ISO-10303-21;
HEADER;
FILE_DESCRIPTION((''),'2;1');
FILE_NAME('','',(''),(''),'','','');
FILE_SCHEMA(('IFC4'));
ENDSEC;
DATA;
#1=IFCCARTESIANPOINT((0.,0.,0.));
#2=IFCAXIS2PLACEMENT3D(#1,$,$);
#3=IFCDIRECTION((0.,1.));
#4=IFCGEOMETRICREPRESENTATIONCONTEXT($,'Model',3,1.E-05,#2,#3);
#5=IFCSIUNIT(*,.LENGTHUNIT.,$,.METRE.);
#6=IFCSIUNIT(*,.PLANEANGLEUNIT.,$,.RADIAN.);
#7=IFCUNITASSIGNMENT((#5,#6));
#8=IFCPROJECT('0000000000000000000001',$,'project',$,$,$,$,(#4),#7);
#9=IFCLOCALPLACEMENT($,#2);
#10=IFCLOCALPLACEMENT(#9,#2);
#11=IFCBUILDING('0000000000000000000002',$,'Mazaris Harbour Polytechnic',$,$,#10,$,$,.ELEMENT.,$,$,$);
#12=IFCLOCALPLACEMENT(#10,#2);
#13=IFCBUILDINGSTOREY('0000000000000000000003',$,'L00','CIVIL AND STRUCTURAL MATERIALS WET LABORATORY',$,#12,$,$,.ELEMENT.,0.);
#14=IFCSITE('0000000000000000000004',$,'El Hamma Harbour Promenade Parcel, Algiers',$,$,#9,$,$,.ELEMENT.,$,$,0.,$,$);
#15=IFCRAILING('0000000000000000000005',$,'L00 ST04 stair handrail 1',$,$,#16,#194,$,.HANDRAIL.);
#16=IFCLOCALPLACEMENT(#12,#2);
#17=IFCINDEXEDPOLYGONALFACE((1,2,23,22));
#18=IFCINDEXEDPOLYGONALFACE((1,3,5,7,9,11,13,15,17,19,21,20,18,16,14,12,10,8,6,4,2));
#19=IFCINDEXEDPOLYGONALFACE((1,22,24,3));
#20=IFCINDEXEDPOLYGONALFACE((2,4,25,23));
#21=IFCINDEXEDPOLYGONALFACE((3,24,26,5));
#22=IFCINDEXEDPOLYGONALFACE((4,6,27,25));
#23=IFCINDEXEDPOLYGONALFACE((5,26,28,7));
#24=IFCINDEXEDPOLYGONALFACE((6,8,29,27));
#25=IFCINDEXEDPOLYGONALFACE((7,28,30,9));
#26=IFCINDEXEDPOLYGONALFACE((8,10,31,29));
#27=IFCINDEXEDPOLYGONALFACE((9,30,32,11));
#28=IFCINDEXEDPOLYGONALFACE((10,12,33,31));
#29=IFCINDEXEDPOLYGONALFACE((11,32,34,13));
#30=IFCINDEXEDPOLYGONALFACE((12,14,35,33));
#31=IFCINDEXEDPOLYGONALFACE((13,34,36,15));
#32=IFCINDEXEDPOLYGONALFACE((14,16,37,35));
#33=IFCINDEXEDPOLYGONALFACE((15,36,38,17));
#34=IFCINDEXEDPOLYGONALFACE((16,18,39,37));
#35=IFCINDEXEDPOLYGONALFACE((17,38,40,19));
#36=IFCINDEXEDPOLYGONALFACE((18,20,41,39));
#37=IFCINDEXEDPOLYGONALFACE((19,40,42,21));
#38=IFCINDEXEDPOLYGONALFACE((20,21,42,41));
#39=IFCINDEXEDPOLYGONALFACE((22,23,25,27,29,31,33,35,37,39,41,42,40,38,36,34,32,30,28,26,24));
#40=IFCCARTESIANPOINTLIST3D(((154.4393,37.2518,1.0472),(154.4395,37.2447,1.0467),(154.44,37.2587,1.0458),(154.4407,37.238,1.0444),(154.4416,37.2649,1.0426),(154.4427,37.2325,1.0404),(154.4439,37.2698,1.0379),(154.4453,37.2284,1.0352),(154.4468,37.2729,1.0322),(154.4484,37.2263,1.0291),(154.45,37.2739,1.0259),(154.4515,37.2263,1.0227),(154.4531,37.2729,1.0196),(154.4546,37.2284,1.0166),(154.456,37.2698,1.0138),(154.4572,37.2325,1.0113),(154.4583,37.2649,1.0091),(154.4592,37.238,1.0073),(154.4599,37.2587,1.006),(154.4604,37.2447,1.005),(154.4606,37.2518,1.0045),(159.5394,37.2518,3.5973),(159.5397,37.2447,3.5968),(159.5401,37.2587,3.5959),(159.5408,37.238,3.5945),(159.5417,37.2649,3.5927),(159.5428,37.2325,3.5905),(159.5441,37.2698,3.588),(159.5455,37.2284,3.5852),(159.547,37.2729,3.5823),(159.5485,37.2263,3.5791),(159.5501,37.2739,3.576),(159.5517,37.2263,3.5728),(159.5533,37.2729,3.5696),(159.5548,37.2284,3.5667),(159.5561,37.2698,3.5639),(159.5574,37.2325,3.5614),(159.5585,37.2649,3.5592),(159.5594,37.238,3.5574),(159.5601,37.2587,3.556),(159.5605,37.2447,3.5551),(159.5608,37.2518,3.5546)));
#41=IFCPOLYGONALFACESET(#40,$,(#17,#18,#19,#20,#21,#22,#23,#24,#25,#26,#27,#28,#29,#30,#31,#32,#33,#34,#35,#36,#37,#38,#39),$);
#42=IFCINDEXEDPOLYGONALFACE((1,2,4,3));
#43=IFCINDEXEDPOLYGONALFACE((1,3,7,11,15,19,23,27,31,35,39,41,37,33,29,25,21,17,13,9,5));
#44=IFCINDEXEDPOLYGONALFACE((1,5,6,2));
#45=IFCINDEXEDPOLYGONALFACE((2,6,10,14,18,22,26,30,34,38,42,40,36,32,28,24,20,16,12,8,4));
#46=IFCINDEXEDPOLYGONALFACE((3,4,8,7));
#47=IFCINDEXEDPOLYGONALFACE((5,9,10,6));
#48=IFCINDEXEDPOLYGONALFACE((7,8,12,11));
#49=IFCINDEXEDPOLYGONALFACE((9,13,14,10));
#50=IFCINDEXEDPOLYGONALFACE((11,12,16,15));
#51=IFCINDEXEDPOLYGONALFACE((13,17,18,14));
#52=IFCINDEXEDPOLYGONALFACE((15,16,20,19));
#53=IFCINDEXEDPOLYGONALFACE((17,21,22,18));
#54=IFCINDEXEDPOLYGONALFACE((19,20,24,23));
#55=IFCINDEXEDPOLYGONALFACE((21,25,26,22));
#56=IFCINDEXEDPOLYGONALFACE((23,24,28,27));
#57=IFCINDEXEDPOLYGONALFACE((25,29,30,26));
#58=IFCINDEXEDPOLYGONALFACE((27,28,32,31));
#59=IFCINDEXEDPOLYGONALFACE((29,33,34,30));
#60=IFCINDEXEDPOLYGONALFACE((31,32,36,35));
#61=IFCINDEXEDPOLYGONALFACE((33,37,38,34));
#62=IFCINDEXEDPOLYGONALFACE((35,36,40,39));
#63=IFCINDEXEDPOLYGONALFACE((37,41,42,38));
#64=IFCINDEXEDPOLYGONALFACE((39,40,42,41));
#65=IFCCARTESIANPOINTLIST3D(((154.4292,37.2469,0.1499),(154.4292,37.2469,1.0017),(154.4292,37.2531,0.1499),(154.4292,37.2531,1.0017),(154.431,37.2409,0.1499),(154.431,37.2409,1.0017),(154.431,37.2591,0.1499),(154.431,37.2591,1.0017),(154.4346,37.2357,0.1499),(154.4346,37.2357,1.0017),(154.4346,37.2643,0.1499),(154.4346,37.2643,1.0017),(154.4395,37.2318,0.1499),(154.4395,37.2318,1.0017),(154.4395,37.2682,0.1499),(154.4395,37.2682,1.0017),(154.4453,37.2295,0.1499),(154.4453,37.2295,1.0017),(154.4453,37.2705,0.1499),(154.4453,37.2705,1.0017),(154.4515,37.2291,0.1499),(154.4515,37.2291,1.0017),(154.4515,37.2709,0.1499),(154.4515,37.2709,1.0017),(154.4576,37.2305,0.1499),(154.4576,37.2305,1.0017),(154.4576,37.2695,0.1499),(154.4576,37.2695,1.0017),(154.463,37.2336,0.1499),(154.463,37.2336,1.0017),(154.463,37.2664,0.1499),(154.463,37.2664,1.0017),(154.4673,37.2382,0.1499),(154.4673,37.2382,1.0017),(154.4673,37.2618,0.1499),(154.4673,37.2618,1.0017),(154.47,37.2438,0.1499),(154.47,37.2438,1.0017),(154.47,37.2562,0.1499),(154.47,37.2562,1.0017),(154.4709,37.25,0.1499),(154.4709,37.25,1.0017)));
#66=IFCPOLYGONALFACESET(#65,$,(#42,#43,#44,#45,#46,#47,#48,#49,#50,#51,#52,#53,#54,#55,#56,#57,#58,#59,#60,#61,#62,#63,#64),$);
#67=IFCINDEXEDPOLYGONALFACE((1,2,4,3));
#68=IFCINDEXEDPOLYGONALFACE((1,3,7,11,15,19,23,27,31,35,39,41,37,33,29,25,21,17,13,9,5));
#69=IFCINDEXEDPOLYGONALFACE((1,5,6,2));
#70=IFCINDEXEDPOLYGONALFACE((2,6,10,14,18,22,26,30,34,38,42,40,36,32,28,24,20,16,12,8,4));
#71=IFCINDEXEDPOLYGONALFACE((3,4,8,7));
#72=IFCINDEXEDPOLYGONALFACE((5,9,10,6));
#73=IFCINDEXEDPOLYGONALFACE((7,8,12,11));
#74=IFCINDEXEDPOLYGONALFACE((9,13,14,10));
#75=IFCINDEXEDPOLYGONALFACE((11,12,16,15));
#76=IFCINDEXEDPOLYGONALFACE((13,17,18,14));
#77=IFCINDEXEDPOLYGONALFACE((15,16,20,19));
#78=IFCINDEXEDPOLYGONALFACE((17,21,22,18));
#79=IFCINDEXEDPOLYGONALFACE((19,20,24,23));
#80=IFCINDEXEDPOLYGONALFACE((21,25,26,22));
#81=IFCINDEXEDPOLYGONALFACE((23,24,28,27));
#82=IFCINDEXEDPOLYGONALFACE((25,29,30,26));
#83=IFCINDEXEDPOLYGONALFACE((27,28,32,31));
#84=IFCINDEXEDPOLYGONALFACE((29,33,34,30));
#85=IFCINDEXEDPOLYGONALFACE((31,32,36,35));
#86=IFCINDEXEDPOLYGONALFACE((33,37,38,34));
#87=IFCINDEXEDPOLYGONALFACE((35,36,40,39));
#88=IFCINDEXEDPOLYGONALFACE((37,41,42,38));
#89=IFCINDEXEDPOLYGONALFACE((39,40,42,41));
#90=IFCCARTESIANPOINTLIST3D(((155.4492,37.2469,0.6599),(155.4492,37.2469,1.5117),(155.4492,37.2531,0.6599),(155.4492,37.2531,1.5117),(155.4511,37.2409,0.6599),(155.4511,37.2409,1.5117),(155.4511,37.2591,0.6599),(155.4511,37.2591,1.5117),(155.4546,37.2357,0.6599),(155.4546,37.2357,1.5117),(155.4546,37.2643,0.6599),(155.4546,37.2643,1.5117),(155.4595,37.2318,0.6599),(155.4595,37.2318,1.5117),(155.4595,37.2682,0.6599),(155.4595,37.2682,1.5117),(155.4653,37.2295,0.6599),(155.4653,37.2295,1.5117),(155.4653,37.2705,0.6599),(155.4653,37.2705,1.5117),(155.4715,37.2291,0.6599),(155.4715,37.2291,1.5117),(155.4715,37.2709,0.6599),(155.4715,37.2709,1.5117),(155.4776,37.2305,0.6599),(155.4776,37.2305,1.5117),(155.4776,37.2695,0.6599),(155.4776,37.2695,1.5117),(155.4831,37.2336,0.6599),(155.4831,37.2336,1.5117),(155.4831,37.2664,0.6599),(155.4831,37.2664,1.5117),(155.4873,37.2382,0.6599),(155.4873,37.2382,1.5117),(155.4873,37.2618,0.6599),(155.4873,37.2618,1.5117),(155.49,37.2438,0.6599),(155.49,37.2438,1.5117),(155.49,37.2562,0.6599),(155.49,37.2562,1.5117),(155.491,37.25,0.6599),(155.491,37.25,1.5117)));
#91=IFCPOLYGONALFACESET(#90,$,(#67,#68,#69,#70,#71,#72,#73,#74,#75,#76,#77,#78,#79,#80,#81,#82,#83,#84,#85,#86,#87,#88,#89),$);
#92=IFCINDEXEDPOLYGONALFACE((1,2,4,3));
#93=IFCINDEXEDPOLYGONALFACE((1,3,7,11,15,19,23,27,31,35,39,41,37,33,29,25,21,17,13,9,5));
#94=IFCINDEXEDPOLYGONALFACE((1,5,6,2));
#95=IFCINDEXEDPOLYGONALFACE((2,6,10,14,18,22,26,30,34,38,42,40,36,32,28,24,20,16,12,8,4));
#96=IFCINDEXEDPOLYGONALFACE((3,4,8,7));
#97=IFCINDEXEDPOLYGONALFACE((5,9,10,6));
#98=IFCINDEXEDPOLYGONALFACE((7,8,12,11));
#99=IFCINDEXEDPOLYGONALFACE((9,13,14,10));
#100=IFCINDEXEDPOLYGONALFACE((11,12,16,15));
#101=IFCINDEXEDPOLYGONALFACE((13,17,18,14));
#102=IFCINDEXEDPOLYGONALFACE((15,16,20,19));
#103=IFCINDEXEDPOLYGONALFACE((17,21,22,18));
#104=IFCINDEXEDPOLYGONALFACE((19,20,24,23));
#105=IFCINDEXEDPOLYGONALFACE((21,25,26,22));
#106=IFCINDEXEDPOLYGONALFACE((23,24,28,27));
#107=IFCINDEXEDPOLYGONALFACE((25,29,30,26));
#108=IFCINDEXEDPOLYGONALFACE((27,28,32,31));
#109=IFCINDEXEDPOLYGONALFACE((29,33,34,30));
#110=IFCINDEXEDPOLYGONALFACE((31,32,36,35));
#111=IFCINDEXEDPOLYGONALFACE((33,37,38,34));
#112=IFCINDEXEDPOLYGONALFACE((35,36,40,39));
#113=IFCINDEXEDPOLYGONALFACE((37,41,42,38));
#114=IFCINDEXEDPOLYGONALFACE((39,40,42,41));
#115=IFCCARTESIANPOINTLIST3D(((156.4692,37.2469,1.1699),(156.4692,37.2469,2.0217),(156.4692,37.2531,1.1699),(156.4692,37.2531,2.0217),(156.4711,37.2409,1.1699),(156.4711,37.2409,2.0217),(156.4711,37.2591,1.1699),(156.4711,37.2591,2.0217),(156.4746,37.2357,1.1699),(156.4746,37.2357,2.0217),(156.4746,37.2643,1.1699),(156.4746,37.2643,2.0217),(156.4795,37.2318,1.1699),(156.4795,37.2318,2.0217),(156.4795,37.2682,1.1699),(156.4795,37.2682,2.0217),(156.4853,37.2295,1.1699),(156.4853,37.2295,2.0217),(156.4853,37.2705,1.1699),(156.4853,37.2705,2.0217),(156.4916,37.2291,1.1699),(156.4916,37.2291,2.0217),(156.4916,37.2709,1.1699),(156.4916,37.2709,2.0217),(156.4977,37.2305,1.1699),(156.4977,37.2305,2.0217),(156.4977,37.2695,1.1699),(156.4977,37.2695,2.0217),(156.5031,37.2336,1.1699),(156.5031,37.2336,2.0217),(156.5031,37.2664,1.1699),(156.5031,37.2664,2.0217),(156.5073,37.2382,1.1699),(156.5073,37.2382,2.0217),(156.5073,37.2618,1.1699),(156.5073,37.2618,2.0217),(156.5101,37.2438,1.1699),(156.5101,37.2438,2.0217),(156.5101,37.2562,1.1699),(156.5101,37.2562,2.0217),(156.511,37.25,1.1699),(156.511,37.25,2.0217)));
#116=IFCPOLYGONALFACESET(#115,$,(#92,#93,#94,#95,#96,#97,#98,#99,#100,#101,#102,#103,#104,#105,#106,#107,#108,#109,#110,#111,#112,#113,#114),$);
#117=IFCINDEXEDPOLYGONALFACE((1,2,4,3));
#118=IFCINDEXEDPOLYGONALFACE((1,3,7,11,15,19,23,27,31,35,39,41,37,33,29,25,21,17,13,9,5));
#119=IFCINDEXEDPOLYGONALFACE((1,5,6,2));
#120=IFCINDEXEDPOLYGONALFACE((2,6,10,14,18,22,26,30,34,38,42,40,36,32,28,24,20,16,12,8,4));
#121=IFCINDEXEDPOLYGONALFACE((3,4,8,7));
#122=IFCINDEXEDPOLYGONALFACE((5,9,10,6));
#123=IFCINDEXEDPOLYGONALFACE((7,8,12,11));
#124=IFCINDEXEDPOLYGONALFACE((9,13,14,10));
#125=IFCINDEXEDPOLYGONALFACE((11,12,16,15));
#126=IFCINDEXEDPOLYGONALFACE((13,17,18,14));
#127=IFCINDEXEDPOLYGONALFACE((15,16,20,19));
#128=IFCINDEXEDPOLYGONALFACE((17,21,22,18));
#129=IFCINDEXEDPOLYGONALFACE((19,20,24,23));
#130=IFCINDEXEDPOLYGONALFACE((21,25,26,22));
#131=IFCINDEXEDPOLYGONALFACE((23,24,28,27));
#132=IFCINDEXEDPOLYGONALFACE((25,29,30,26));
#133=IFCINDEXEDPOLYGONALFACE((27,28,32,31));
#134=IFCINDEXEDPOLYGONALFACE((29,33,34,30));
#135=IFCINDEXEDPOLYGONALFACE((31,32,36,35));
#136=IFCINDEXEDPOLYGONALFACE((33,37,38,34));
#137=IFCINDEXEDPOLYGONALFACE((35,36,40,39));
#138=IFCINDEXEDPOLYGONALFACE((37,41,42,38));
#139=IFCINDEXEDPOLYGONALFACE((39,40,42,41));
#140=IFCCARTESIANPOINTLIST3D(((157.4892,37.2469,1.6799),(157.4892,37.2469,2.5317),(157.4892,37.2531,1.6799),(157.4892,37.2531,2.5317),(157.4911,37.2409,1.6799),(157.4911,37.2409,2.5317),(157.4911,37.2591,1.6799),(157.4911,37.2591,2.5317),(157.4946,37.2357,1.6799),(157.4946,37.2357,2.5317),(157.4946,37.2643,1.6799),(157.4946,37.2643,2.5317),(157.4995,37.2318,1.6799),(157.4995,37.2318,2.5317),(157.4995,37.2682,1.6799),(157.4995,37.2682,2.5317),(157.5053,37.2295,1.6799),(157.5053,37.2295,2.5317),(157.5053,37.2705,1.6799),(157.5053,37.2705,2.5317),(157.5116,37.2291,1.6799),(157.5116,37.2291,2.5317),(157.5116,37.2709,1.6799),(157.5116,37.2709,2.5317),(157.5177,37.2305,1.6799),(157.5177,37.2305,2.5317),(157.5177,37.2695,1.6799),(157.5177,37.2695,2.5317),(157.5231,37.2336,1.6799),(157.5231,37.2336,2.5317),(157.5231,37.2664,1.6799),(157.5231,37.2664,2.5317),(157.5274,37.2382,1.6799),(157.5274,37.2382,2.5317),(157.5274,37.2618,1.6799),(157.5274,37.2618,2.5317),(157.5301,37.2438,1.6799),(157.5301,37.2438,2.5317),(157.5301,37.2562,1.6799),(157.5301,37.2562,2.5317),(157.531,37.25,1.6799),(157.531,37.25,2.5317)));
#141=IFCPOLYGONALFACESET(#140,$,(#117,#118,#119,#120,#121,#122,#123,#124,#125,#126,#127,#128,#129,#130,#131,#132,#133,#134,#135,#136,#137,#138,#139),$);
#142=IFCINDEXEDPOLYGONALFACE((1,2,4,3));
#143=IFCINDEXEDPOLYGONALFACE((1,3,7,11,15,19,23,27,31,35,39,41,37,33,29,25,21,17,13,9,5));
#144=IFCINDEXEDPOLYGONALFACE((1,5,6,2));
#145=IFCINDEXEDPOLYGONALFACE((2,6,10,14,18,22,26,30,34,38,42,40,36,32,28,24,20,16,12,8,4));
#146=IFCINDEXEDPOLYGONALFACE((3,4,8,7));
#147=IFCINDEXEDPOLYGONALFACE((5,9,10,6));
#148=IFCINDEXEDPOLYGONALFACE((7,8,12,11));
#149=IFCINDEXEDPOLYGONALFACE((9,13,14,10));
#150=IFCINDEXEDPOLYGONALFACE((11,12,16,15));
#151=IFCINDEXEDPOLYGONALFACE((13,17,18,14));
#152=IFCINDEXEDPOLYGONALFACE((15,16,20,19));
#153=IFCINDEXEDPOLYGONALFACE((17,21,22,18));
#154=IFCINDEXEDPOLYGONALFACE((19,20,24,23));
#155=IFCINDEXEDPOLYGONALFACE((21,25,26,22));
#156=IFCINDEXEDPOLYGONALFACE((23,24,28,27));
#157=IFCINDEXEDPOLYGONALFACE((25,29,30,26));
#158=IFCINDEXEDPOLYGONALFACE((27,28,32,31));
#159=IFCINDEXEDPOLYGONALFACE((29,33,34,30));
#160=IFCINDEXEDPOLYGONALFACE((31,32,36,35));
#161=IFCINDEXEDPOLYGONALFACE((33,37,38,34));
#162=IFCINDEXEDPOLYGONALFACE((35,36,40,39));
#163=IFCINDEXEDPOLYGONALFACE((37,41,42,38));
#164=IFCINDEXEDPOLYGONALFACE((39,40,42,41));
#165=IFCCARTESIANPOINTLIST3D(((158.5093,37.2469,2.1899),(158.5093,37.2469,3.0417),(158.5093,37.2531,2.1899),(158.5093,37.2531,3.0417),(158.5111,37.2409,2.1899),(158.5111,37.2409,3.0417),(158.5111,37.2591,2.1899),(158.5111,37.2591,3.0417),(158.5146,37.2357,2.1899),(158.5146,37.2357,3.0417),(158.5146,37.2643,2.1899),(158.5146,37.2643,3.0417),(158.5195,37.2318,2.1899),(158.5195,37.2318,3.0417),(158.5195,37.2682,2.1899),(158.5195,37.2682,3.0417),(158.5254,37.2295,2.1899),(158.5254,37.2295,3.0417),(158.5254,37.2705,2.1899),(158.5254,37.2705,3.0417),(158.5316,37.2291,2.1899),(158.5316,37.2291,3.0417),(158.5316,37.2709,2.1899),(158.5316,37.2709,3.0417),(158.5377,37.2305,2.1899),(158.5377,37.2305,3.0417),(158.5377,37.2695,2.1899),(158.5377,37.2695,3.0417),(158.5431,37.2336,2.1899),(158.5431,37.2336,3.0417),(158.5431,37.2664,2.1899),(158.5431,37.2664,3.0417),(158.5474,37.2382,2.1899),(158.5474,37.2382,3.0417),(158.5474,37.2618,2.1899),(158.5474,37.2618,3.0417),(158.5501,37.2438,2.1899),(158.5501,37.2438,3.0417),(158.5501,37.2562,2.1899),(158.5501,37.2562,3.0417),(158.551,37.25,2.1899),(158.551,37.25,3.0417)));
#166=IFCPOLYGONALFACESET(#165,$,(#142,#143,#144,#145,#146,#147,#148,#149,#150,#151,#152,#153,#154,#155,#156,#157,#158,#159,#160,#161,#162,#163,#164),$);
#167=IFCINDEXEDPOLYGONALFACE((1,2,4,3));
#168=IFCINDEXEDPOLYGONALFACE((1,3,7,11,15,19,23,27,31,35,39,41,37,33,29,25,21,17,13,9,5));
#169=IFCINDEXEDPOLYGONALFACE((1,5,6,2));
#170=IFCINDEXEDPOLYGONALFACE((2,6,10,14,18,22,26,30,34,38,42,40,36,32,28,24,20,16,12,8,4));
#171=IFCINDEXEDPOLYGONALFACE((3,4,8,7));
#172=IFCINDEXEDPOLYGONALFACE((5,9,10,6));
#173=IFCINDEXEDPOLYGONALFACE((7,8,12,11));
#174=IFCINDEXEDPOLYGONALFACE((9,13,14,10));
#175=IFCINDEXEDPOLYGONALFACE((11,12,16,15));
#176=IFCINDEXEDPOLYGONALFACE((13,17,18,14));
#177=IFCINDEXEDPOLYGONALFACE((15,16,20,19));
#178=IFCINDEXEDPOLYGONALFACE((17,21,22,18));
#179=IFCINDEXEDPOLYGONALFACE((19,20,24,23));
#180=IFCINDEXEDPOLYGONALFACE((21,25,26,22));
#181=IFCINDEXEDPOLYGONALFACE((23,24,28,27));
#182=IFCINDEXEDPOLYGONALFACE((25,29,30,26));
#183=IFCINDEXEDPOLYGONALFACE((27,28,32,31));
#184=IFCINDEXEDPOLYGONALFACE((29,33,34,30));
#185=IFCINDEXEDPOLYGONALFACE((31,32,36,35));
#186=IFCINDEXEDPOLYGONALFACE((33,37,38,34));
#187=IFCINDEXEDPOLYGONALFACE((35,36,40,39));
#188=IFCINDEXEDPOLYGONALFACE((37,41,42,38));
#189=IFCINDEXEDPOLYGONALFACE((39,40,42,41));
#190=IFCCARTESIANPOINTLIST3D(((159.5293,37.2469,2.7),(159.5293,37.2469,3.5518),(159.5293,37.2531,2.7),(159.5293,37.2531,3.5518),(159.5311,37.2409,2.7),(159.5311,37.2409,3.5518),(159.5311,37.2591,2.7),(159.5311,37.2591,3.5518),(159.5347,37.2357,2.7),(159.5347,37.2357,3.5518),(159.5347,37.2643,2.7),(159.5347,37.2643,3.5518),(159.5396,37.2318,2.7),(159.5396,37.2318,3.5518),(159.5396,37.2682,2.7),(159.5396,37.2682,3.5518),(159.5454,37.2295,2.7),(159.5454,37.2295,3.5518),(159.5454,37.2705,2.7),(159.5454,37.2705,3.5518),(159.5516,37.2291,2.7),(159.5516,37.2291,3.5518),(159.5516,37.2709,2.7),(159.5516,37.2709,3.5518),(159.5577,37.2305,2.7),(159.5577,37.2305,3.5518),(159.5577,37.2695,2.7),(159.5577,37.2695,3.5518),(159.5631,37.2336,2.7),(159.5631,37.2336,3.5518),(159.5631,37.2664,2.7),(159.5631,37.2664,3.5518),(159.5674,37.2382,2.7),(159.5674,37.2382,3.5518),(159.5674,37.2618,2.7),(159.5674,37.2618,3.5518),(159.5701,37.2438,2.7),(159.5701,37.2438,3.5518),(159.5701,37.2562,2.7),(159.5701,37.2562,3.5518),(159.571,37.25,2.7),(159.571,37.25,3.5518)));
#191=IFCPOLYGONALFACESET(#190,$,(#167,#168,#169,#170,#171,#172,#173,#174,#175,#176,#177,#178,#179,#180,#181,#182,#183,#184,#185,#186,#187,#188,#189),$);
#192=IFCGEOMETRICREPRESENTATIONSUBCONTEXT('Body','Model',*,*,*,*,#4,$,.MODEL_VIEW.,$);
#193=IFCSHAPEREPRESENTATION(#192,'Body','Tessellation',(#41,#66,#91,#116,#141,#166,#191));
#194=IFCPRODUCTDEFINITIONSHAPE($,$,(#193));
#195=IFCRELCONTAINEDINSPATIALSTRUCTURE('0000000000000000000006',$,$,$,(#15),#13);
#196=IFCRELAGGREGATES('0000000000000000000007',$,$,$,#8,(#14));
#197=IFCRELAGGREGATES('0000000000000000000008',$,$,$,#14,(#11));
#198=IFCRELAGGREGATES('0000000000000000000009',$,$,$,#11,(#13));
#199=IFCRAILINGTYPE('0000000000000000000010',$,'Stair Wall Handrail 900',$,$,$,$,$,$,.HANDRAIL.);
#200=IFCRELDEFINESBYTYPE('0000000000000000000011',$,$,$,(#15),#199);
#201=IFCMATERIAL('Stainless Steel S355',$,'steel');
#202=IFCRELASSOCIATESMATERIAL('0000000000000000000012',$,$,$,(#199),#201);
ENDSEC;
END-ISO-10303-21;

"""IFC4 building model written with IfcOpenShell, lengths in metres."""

from ifc_helpers import new_model, si_unit, direction, frame, origin, origin_2d, place, context, subcontext, project, spatial, circle, extrude, material, type_object, element, save


model = new_model("IFC4")

# Units and contexts
model_context = context("Model", 3, precision=1e-05, world=origin(), true_north=direction((0.0, 1.0)))
body_context = subcontext(model_context, "Body", "Model", "MODEL_VIEW")
ifc_project = project(units=[si_unit("LENGTHUNIT", "METRE"), si_unit("PLANEANGLEUNIT", "RADIAN")], contexts=[model_context])

# Site, building, storey
site_placement = place(None, origin())
site = spatial("IfcSite", under=ifc_project, at=site_placement, Name="El Hamma Harbour Promenade Parcel, Algiers", CompositionType="ELEMENT", RefElevation=0.0)
building_placement = place(site_placement, origin())
building = spatial("IfcBuilding", under=site, at=building_placement, Name="Mazaris Harbour Polytechnic", CompositionType="ELEMENT")
storey_placement = place(building_placement, origin())
storey = spatial("IfcBuildingStorey", under=building, at=storey_placement, Name="L00", Description="CIVIL AND STRUCTURAL MATERIALS WET LABORATORY", CompositionType="ELEMENT", Elevation=0.0)

# Railing
ifc_material_1 = material(Name="Stainless Steel S355", Category="steel")
railing_type_1 = type_object("IfcRailingType", Name="Stair Wall Handrail 900", PredefinedType="HANDRAIL", material=ifc_material_1)
railing_1_placement = place(storey_placement, frame((154.45, 37.25, 0.1499)))
element("IfcRailing", 1, at=railing_1_placement, inside=storey, type_object=railing_type_1, Name="L00 ST04 stair handrail 1", PredefinedType="HANDRAIL", context=body_context, shape_type="SweptSolid", body=[
    extrude(circle(Radius=0.0239, at=origin_2d()), frame((0.0, 0.0, 0.876), z_axis=(0.894427, 0.0, 0.447214), x_axis=(0.0, 1.0, 0.0)), (0.0, 0.0, 1.0), 5.7021),
    extrude(circle(Radius=0.021, at=origin_2d()), origin(), (0.0, 0.0, 1.0), 0.8518),
    extrude(circle(Radius=0.021, at=origin_2d()), frame((1.02, 0.0, 0.51)), (0.0, 0.0, 1.0), 0.8518),
    extrude(circle(Radius=0.021, at=origin_2d()), frame((2.04, 0.0, 1.02)), (0.0, 0.0, 1.0), 0.8518),
    extrude(circle(Radius=0.021, at=origin_2d()), frame((3.0601, 0.0, 1.53)), (0.0, 0.0, 1.0), 0.8518),
    extrude(circle(Radius=0.021, at=origin_2d()), frame((4.0801, 0.0, 2.04)), (0.0, 0.0, 1.0), 0.8518),
    extrude(circle(Radius=0.021, at=origin_2d()), frame((5.1001, 0.0, 2.55)), (0.0, 0.0, 1.0), 0.8518),
])

save(model, "model.ifc")
